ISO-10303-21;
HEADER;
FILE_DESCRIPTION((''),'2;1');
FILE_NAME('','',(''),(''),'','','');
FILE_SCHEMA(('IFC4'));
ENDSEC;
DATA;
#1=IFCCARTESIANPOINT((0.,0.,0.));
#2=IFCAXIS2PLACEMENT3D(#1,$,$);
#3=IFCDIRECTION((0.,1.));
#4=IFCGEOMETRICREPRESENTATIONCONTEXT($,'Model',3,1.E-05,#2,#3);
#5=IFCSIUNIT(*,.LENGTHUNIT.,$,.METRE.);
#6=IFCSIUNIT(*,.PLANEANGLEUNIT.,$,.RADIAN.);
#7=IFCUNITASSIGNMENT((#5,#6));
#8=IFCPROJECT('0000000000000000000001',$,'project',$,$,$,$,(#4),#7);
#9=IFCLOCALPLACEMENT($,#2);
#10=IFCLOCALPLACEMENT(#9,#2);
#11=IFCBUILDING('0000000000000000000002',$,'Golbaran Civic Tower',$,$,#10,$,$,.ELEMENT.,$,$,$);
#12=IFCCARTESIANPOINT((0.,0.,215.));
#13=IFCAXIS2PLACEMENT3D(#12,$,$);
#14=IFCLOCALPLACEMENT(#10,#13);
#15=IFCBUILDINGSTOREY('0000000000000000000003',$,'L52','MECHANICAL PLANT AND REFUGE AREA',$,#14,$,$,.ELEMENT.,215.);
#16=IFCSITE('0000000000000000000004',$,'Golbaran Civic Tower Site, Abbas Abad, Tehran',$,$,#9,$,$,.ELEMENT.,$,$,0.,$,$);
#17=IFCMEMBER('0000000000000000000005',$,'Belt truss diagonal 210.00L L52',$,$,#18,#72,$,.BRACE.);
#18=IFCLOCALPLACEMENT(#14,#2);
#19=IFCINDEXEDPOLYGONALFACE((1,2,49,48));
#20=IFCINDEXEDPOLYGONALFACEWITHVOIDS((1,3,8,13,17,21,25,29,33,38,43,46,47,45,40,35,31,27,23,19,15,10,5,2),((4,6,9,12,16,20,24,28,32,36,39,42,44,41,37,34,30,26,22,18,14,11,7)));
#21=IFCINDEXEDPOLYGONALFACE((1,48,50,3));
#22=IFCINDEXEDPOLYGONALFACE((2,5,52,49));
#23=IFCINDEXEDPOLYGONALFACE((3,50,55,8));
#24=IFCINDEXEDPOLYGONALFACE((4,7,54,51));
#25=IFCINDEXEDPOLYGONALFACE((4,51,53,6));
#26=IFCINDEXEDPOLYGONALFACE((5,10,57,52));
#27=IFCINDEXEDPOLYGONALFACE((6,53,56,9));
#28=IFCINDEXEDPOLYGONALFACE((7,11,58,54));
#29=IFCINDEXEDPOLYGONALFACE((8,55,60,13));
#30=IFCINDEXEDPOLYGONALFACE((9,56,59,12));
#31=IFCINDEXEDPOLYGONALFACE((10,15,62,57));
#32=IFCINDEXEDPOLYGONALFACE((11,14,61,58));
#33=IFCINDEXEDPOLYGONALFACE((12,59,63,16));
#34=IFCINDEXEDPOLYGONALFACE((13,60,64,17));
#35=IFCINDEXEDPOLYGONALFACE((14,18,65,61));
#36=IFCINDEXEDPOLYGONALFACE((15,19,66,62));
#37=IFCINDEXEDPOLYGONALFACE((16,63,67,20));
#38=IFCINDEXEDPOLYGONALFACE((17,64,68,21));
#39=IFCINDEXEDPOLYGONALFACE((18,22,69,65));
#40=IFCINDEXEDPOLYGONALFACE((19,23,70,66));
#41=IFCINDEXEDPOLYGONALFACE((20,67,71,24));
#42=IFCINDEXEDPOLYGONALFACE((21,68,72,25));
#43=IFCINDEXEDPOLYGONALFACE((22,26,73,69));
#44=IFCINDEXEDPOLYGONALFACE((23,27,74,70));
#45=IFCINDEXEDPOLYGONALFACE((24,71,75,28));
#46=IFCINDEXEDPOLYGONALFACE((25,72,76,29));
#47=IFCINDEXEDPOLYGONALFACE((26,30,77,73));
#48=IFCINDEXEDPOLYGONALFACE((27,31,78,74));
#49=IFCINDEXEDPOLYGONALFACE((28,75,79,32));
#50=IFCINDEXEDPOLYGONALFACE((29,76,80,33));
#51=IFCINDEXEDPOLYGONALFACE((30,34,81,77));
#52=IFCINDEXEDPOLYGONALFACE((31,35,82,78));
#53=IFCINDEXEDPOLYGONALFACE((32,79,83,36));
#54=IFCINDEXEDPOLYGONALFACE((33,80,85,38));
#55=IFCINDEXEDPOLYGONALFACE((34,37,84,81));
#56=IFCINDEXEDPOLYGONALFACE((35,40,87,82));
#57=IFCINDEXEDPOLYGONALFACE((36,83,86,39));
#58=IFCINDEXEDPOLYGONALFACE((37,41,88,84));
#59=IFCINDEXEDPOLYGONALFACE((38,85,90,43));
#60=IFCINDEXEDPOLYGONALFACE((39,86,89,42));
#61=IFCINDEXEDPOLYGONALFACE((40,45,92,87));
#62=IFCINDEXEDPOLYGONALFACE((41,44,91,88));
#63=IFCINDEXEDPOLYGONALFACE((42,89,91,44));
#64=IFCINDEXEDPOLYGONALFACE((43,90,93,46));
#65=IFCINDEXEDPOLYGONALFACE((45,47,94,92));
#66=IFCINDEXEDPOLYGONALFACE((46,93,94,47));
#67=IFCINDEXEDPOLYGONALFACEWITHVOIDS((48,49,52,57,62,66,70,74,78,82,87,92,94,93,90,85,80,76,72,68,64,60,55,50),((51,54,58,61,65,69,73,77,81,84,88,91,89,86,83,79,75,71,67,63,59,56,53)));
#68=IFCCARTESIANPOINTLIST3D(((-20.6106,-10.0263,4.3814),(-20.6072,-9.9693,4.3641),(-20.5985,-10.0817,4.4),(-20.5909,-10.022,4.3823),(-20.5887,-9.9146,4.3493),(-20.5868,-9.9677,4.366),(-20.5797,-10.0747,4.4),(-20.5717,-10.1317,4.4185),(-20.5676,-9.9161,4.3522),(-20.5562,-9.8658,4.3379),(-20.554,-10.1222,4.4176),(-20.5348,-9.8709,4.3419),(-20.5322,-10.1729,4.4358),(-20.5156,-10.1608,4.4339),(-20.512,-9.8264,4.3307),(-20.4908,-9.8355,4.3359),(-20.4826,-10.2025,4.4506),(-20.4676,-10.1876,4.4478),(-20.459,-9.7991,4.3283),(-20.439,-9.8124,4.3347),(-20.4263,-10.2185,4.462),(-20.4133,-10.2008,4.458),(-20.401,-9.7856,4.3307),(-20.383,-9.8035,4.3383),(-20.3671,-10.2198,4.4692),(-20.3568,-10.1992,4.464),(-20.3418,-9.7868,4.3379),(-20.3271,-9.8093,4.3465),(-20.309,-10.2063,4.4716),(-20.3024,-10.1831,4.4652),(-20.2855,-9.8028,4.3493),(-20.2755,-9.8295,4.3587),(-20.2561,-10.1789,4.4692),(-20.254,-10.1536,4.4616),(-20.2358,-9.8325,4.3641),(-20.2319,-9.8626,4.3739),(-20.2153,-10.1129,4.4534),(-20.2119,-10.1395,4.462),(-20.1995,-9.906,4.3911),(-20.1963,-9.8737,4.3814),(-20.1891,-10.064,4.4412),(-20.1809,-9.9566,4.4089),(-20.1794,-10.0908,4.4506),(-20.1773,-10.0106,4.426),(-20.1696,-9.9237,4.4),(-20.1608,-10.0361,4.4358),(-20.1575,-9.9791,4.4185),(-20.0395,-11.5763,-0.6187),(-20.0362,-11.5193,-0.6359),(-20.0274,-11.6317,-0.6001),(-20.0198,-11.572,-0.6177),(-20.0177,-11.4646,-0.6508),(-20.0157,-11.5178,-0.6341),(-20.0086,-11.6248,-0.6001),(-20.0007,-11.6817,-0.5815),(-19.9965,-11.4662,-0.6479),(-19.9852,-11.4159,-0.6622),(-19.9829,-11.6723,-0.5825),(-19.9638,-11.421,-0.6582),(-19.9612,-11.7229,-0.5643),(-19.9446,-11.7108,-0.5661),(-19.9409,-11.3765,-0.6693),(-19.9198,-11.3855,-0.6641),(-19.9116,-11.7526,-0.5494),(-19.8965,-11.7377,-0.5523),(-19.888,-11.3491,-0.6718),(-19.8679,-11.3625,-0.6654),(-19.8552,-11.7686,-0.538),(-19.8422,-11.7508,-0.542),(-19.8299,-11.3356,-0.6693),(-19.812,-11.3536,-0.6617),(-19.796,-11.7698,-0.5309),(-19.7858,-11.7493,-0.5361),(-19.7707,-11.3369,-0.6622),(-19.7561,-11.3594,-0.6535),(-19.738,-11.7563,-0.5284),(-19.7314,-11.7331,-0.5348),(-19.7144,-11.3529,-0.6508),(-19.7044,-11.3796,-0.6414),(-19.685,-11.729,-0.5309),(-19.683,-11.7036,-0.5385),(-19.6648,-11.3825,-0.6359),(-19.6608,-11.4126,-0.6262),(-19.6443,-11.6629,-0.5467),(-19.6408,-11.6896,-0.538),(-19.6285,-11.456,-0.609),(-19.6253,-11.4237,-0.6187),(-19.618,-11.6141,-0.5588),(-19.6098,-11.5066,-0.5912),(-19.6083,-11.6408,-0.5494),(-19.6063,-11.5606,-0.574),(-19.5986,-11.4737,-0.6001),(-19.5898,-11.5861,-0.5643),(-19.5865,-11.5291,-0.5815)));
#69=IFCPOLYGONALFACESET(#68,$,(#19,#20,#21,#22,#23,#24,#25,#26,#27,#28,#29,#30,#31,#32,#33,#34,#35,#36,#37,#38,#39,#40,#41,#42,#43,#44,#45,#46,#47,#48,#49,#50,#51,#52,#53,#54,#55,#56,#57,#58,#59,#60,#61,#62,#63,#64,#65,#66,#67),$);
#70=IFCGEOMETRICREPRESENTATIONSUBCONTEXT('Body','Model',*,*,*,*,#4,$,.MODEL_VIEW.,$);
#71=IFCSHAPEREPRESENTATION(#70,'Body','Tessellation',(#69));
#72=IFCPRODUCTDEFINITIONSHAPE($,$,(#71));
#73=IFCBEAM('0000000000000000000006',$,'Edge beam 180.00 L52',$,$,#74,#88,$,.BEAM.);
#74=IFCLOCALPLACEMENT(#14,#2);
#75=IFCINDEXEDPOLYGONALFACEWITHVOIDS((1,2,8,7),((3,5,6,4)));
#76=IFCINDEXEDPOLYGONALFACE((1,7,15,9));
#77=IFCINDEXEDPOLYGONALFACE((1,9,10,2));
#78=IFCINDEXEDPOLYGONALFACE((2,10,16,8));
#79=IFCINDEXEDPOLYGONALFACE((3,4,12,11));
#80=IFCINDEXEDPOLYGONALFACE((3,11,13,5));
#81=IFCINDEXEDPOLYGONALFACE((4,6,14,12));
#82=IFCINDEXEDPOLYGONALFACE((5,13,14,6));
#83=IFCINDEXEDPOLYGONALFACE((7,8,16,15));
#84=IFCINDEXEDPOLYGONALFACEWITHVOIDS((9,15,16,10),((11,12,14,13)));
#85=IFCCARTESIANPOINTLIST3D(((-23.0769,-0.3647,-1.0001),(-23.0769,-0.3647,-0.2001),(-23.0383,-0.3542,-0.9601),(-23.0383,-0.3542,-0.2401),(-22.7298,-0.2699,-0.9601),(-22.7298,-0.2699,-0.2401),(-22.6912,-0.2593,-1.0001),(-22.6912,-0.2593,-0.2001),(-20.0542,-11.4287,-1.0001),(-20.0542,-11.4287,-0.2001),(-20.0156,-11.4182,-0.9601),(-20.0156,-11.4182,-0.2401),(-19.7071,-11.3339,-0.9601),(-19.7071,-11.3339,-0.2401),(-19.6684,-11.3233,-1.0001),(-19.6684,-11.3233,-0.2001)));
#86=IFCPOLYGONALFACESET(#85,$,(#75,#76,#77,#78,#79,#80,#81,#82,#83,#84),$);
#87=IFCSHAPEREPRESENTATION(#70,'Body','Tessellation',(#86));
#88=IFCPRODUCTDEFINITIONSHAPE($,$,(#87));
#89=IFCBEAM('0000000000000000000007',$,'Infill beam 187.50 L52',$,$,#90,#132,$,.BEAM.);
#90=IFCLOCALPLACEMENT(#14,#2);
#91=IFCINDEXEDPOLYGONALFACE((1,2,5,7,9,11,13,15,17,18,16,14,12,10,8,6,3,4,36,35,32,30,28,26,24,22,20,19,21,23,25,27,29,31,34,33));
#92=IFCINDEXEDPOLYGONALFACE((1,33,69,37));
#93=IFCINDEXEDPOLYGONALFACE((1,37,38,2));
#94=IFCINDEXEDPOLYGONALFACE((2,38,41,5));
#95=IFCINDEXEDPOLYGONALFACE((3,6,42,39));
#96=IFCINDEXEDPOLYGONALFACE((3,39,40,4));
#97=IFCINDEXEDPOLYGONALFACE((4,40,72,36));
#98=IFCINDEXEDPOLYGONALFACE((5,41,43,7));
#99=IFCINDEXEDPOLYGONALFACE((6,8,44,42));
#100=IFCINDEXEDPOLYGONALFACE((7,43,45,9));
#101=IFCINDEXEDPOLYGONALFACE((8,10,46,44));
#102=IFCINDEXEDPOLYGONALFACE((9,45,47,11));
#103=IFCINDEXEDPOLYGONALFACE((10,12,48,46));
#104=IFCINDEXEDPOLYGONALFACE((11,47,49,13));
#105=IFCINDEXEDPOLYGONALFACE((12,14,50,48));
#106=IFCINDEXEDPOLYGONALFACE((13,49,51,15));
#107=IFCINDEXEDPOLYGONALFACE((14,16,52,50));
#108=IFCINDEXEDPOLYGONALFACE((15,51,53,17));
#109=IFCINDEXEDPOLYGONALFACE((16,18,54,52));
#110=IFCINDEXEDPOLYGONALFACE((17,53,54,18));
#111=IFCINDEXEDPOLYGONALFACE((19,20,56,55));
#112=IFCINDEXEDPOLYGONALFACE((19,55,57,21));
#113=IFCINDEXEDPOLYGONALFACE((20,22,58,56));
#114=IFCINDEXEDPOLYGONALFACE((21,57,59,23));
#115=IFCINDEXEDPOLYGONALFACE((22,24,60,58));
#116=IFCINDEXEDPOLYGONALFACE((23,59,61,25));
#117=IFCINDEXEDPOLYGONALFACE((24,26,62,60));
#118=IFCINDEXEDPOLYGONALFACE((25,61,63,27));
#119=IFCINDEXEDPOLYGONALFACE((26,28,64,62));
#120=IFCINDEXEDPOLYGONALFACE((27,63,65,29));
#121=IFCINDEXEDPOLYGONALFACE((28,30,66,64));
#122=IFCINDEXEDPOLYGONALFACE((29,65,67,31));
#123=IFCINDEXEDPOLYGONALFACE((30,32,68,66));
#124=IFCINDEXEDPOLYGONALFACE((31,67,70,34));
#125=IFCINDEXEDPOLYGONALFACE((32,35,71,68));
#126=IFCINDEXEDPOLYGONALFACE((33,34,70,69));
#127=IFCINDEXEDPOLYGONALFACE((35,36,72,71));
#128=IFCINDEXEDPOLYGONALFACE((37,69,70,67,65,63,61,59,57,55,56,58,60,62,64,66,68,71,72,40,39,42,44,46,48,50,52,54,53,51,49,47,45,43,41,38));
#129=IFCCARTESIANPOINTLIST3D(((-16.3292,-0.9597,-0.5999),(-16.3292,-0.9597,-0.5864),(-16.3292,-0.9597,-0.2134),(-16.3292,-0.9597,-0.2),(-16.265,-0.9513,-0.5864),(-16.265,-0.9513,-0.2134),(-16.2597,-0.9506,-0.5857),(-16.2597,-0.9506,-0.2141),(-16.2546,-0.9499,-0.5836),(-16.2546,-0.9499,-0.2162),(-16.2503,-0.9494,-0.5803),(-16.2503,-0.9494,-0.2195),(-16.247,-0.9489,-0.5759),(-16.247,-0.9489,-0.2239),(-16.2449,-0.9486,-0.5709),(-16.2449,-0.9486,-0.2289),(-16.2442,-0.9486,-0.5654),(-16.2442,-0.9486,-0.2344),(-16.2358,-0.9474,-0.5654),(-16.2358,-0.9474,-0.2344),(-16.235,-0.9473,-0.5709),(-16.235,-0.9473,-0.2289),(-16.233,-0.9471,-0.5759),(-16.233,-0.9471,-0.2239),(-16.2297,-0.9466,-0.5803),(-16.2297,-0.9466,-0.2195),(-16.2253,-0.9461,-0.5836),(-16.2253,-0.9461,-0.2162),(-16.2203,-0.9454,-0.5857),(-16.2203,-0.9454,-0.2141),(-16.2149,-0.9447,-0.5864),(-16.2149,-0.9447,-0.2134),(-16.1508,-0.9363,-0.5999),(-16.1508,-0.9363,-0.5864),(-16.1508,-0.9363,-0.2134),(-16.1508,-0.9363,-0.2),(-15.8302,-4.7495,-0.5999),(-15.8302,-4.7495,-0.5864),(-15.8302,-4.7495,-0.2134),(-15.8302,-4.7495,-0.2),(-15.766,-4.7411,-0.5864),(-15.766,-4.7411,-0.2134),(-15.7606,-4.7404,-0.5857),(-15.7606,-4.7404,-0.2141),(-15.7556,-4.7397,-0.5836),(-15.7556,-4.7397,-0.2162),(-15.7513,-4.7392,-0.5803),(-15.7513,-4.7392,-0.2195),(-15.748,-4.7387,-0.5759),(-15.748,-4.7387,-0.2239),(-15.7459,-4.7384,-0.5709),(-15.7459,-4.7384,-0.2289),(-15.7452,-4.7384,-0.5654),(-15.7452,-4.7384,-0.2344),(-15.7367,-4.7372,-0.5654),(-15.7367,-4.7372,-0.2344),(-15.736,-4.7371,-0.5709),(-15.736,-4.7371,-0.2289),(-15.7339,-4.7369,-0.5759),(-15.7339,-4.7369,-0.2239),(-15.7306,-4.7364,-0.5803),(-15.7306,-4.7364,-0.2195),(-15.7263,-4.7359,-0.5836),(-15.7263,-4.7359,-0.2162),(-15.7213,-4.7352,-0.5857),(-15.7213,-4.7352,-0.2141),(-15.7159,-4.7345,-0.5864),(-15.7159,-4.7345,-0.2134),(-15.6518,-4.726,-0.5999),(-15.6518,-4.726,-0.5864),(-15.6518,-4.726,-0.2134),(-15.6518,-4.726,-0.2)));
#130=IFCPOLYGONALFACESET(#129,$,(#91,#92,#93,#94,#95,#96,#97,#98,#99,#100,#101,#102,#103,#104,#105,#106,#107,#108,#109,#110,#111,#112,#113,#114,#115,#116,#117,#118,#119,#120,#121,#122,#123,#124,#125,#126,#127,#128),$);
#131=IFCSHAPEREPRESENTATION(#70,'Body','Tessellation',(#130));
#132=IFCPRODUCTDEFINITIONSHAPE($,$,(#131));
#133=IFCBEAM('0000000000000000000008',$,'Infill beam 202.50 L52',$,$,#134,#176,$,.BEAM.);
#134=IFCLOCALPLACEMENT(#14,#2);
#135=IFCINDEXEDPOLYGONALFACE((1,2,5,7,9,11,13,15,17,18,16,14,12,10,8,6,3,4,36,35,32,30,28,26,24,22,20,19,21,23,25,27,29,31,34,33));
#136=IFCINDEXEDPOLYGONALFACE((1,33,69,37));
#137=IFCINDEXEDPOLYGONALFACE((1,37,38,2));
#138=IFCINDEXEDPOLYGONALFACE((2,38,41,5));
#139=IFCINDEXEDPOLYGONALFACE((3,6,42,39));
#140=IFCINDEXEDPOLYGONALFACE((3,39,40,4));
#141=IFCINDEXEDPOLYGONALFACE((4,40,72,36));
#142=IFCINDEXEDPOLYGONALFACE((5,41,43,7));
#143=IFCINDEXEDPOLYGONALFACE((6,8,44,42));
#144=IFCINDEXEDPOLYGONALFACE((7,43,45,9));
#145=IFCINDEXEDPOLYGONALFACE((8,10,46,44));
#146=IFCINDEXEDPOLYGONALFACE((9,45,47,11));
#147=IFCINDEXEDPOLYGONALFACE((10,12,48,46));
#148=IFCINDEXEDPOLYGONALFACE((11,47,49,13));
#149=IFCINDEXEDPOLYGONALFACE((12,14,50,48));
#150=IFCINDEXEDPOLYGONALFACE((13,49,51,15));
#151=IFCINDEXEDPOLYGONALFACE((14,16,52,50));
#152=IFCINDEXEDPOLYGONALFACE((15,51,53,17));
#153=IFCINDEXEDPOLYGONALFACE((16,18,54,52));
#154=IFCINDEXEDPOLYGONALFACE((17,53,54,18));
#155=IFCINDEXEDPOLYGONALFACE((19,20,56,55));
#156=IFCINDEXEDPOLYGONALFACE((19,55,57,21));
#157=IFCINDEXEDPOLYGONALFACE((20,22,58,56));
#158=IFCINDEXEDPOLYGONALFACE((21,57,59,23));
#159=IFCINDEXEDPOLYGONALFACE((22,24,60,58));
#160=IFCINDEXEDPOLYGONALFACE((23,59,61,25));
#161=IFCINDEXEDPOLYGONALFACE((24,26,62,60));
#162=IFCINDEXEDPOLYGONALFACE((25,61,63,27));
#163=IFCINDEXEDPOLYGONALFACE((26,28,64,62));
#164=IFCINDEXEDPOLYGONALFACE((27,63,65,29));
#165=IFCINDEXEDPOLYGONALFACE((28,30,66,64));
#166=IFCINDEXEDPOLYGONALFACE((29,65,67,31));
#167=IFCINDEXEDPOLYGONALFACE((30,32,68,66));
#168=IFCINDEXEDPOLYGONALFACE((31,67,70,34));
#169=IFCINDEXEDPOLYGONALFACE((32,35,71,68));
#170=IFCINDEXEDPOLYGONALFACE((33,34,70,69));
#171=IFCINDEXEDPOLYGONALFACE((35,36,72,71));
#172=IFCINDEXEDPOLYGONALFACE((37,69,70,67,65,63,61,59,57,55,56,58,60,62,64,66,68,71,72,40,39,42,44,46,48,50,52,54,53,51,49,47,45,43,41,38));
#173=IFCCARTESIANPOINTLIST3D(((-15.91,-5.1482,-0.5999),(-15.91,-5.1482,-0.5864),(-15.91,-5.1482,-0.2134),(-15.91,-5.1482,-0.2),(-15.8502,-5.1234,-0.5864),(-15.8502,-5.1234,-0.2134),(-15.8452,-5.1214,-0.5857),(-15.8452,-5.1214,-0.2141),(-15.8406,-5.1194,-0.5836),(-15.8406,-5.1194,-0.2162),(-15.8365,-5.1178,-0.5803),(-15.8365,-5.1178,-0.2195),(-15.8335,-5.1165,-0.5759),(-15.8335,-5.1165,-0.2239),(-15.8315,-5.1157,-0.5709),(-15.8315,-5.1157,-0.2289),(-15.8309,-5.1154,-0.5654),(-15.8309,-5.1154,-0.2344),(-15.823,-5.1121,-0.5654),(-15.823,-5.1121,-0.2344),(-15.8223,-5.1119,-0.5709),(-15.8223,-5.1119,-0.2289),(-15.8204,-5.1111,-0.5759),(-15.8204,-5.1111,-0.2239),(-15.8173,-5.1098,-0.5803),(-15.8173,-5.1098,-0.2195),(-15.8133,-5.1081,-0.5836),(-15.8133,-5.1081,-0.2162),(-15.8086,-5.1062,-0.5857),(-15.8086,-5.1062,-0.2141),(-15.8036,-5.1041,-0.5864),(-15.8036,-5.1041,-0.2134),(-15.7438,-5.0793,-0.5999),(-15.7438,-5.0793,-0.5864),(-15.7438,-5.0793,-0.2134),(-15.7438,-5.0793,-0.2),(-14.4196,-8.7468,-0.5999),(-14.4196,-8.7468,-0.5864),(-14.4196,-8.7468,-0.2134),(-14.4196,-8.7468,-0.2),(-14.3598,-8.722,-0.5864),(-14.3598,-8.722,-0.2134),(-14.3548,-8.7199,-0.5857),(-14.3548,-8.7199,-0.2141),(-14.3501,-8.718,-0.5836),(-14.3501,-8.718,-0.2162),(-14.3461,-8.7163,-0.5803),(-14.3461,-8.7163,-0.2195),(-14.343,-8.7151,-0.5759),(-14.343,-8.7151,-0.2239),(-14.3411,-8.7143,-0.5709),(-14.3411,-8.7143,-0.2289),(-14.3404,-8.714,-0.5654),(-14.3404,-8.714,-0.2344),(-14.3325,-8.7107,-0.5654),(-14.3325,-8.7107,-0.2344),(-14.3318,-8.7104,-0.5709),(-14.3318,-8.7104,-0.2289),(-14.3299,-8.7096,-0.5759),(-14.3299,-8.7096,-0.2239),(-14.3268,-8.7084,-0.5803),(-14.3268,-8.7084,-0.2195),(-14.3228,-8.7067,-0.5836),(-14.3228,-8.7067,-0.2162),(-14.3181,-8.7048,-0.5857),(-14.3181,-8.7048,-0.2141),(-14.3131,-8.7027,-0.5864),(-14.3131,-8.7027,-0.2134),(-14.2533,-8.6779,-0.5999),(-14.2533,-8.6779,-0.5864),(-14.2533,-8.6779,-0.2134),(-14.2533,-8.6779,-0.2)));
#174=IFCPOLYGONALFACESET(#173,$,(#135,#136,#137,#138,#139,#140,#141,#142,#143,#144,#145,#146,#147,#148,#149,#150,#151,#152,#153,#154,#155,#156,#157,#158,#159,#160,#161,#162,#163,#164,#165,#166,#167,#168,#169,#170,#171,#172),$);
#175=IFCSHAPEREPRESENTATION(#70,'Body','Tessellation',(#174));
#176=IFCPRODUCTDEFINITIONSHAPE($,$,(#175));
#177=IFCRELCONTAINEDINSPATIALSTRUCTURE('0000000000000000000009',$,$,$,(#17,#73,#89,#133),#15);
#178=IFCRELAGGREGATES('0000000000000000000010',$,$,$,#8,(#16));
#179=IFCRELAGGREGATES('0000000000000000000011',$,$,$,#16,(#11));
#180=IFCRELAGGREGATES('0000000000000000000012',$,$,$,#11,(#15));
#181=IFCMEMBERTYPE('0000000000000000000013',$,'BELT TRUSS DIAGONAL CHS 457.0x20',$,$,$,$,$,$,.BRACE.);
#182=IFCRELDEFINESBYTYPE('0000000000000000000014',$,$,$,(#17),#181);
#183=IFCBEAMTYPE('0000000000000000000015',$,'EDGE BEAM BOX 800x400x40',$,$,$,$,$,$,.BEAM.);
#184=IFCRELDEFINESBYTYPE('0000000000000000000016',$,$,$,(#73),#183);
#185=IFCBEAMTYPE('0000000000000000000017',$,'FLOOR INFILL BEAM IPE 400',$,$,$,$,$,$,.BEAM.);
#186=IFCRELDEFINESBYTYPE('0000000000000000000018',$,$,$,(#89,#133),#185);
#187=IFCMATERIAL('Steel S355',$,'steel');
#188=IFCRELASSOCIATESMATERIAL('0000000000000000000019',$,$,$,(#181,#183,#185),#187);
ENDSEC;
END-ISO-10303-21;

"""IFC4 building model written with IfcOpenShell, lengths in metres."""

from ifc_helpers import new_model, si_unit, direction, frame, origin, origin_2d, place, context, subcontext, project, spatial, hollow_rectangle, hollow_circle, i_section, extrude, material, material_profile, profile_set, type_object, element, save


model = new_model("IFC4")

# Units and contexts
model_context = context("Model", 3, precision=1e-05, world=origin(), true_north=direction((0.0, 1.0)))
body_context = subcontext(model_context, "Body", "Model", "MODEL_VIEW")
ifc_project = project(units=[si_unit("LENGTHUNIT", "METRE"), si_unit("PLANEANGLEUNIT", "RADIAN")], contexts=[model_context])

# Site, building, storey
site_placement = place(None, origin())
site = spatial("IfcSite", under=ifc_project, at=site_placement, Name="Golbaran Civic Tower Site, Abbas Abad, Tehran", CompositionType="ELEMENT", RefElevation=0.0)
building_placement = place(site_placement, origin())
building = spatial("IfcBuilding", under=site, at=building_placement, Name="Golbaran Civic Tower", CompositionType="ELEMENT")
storey_placement = place(building_placement, frame((0.0, 0.0, 215.0)))
storey = spatial("IfcBuildingStorey", under=building, at=storey_placement, Name="L52", Description="MECHANICAL PLANT AND REFUGE AREA", CompositionType="ELEMENT", Elevation=215.0)

# Member
ifc_material_1 = material(Name="Steel S355", Category="steel")
ifc_material_profile_1 = material_profile(ifc_material_1, hollow_circle(Radius=0.2285, WallThickness=0.02, at=origin_2d()), Name="CHS 457.0x20")
ifc_profile_set_1 = profile_set([ifc_material_profile_1], Name="Steel S355")
member_type_1 = type_object("IfcMemberType", Name="BELT TRUSS DIAGONAL CHS 457.0x20", PredefinedType="BRACE", material=ifc_profile_set_1)
member_1_placement = place(storey_placement, frame((-19.813, -11.5527, -0.6001), z_axis=(-0.108444, 0.294361, 0.949522), x_axis=(-0.938348, -0.345692, 0.0)))
element("IfcMember", 1, at=member_1_placement, inside=storey, type_object=member_type_1, Name="Belt truss diagonal 210.00L L52", PredefinedType="BRACE", context=body_context, shape_type="SweptSolid", body=[
    extrude(hollow_circle(Radius=0.2285, WallThickness=0.02, at=origin_2d()), origin(), (0.0, 0.0, 1.0), 5.2659),
])

# Beams
ifc_material_profile_2 = material_profile(ifc_material_1, hollow_rectangle(XDim=0.3999, YDim=0.8, WallThickness=0.04, at=origin_2d()), Name="BOX 800x400x40")
ifc_profile_set_2 = profile_set([ifc_material_profile_2], Name="Steel S355")
beam_type_1 = type_object("IfcBeamType", Name="EDGE BEAM BOX 800x400x40", PredefinedType="BEAM", material=ifc_profile_set_2)
beam_1_placement = place(storey_placement, frame((-22.884, -0.312, -0.6001), z_axis=(0.263544, -0.964647, 0.0), x_axis=(0.964647, 0.263544, 0.0)))
element("IfcBeam", 2, at=beam_1_placement, inside=storey, type_object=beam_type_1, Name="Edge beam 180.00 L52", PredefinedType="BEAM", context=body_context, shape_type="SweptSolid", body=[
    extrude(hollow_rectangle(XDim=0.3999, YDim=0.8, WallThickness=0.04, at=origin_2d()), origin(), (0.0, 0.0, 1.0), 11.4695),
])
ifc_material_profile_3 = material_profile(ifc_material_1, i_section(OverallWidth=0.1799, OverallDepth=0.3999, WebThickness=0.0085, FlangeThickness=0.0134, FilletRadius=0.021, at=origin_2d()), Name="IPE 400")
ifc_profile_set_3 = profile_set([ifc_material_profile_3], Name="Steel S355")
beam_type_2 = type_object("IfcBeamType", Name="FLOOR INFILL BEAM IPE 400", PredefinedType="BEAM", material=ifc_profile_set_3)
beam_2_placement = place(storey_placement, frame((-16.24, -0.948, -0.3999), z_axis=(0.130549, -0.991442, 0.0), x_axis=(0.991442, 0.130549, 0.0)))
element("IfcBeam", 3, at=beam_2_placement, inside=storey, type_object=beam_type_2, Name="Infill beam 187.50 L52", PredefinedType="BEAM", context=body_context, shape_type="SweptSolid", body=[
    extrude(i_section(OverallWidth=0.1799, OverallDepth=0.3999, WebThickness=0.0085, FlangeThickness=0.0134, FilletRadius=0.021, at=origin_2d()), origin(), (0.0, 0.0, 1.0), 3.8225),
])
beam_3_placement = place(storey_placement, frame((-15.8269, -5.1138, -0.3999), z_axis=(0.382656, -0.923891, 0.0), x_axis=(0.923891, 0.382656, 0.0)))
element("IfcBeam", 4, at=beam_3_placement, inside=storey, type_object=beam_type_2, Name="Infill beam 202.50 L52", PredefinedType="BEAM", context=body_context, shape_type="SweptSolid", body=[
    extrude(i_section(OverallWidth=0.1799, OverallDepth=0.3999, WebThickness=0.0085, FlangeThickness=0.0134, FilletRadius=0.021, at=origin_2d()), origin(), (0.0, 0.0, 1.0), 3.895),
])

save(model, "model.ifc")
